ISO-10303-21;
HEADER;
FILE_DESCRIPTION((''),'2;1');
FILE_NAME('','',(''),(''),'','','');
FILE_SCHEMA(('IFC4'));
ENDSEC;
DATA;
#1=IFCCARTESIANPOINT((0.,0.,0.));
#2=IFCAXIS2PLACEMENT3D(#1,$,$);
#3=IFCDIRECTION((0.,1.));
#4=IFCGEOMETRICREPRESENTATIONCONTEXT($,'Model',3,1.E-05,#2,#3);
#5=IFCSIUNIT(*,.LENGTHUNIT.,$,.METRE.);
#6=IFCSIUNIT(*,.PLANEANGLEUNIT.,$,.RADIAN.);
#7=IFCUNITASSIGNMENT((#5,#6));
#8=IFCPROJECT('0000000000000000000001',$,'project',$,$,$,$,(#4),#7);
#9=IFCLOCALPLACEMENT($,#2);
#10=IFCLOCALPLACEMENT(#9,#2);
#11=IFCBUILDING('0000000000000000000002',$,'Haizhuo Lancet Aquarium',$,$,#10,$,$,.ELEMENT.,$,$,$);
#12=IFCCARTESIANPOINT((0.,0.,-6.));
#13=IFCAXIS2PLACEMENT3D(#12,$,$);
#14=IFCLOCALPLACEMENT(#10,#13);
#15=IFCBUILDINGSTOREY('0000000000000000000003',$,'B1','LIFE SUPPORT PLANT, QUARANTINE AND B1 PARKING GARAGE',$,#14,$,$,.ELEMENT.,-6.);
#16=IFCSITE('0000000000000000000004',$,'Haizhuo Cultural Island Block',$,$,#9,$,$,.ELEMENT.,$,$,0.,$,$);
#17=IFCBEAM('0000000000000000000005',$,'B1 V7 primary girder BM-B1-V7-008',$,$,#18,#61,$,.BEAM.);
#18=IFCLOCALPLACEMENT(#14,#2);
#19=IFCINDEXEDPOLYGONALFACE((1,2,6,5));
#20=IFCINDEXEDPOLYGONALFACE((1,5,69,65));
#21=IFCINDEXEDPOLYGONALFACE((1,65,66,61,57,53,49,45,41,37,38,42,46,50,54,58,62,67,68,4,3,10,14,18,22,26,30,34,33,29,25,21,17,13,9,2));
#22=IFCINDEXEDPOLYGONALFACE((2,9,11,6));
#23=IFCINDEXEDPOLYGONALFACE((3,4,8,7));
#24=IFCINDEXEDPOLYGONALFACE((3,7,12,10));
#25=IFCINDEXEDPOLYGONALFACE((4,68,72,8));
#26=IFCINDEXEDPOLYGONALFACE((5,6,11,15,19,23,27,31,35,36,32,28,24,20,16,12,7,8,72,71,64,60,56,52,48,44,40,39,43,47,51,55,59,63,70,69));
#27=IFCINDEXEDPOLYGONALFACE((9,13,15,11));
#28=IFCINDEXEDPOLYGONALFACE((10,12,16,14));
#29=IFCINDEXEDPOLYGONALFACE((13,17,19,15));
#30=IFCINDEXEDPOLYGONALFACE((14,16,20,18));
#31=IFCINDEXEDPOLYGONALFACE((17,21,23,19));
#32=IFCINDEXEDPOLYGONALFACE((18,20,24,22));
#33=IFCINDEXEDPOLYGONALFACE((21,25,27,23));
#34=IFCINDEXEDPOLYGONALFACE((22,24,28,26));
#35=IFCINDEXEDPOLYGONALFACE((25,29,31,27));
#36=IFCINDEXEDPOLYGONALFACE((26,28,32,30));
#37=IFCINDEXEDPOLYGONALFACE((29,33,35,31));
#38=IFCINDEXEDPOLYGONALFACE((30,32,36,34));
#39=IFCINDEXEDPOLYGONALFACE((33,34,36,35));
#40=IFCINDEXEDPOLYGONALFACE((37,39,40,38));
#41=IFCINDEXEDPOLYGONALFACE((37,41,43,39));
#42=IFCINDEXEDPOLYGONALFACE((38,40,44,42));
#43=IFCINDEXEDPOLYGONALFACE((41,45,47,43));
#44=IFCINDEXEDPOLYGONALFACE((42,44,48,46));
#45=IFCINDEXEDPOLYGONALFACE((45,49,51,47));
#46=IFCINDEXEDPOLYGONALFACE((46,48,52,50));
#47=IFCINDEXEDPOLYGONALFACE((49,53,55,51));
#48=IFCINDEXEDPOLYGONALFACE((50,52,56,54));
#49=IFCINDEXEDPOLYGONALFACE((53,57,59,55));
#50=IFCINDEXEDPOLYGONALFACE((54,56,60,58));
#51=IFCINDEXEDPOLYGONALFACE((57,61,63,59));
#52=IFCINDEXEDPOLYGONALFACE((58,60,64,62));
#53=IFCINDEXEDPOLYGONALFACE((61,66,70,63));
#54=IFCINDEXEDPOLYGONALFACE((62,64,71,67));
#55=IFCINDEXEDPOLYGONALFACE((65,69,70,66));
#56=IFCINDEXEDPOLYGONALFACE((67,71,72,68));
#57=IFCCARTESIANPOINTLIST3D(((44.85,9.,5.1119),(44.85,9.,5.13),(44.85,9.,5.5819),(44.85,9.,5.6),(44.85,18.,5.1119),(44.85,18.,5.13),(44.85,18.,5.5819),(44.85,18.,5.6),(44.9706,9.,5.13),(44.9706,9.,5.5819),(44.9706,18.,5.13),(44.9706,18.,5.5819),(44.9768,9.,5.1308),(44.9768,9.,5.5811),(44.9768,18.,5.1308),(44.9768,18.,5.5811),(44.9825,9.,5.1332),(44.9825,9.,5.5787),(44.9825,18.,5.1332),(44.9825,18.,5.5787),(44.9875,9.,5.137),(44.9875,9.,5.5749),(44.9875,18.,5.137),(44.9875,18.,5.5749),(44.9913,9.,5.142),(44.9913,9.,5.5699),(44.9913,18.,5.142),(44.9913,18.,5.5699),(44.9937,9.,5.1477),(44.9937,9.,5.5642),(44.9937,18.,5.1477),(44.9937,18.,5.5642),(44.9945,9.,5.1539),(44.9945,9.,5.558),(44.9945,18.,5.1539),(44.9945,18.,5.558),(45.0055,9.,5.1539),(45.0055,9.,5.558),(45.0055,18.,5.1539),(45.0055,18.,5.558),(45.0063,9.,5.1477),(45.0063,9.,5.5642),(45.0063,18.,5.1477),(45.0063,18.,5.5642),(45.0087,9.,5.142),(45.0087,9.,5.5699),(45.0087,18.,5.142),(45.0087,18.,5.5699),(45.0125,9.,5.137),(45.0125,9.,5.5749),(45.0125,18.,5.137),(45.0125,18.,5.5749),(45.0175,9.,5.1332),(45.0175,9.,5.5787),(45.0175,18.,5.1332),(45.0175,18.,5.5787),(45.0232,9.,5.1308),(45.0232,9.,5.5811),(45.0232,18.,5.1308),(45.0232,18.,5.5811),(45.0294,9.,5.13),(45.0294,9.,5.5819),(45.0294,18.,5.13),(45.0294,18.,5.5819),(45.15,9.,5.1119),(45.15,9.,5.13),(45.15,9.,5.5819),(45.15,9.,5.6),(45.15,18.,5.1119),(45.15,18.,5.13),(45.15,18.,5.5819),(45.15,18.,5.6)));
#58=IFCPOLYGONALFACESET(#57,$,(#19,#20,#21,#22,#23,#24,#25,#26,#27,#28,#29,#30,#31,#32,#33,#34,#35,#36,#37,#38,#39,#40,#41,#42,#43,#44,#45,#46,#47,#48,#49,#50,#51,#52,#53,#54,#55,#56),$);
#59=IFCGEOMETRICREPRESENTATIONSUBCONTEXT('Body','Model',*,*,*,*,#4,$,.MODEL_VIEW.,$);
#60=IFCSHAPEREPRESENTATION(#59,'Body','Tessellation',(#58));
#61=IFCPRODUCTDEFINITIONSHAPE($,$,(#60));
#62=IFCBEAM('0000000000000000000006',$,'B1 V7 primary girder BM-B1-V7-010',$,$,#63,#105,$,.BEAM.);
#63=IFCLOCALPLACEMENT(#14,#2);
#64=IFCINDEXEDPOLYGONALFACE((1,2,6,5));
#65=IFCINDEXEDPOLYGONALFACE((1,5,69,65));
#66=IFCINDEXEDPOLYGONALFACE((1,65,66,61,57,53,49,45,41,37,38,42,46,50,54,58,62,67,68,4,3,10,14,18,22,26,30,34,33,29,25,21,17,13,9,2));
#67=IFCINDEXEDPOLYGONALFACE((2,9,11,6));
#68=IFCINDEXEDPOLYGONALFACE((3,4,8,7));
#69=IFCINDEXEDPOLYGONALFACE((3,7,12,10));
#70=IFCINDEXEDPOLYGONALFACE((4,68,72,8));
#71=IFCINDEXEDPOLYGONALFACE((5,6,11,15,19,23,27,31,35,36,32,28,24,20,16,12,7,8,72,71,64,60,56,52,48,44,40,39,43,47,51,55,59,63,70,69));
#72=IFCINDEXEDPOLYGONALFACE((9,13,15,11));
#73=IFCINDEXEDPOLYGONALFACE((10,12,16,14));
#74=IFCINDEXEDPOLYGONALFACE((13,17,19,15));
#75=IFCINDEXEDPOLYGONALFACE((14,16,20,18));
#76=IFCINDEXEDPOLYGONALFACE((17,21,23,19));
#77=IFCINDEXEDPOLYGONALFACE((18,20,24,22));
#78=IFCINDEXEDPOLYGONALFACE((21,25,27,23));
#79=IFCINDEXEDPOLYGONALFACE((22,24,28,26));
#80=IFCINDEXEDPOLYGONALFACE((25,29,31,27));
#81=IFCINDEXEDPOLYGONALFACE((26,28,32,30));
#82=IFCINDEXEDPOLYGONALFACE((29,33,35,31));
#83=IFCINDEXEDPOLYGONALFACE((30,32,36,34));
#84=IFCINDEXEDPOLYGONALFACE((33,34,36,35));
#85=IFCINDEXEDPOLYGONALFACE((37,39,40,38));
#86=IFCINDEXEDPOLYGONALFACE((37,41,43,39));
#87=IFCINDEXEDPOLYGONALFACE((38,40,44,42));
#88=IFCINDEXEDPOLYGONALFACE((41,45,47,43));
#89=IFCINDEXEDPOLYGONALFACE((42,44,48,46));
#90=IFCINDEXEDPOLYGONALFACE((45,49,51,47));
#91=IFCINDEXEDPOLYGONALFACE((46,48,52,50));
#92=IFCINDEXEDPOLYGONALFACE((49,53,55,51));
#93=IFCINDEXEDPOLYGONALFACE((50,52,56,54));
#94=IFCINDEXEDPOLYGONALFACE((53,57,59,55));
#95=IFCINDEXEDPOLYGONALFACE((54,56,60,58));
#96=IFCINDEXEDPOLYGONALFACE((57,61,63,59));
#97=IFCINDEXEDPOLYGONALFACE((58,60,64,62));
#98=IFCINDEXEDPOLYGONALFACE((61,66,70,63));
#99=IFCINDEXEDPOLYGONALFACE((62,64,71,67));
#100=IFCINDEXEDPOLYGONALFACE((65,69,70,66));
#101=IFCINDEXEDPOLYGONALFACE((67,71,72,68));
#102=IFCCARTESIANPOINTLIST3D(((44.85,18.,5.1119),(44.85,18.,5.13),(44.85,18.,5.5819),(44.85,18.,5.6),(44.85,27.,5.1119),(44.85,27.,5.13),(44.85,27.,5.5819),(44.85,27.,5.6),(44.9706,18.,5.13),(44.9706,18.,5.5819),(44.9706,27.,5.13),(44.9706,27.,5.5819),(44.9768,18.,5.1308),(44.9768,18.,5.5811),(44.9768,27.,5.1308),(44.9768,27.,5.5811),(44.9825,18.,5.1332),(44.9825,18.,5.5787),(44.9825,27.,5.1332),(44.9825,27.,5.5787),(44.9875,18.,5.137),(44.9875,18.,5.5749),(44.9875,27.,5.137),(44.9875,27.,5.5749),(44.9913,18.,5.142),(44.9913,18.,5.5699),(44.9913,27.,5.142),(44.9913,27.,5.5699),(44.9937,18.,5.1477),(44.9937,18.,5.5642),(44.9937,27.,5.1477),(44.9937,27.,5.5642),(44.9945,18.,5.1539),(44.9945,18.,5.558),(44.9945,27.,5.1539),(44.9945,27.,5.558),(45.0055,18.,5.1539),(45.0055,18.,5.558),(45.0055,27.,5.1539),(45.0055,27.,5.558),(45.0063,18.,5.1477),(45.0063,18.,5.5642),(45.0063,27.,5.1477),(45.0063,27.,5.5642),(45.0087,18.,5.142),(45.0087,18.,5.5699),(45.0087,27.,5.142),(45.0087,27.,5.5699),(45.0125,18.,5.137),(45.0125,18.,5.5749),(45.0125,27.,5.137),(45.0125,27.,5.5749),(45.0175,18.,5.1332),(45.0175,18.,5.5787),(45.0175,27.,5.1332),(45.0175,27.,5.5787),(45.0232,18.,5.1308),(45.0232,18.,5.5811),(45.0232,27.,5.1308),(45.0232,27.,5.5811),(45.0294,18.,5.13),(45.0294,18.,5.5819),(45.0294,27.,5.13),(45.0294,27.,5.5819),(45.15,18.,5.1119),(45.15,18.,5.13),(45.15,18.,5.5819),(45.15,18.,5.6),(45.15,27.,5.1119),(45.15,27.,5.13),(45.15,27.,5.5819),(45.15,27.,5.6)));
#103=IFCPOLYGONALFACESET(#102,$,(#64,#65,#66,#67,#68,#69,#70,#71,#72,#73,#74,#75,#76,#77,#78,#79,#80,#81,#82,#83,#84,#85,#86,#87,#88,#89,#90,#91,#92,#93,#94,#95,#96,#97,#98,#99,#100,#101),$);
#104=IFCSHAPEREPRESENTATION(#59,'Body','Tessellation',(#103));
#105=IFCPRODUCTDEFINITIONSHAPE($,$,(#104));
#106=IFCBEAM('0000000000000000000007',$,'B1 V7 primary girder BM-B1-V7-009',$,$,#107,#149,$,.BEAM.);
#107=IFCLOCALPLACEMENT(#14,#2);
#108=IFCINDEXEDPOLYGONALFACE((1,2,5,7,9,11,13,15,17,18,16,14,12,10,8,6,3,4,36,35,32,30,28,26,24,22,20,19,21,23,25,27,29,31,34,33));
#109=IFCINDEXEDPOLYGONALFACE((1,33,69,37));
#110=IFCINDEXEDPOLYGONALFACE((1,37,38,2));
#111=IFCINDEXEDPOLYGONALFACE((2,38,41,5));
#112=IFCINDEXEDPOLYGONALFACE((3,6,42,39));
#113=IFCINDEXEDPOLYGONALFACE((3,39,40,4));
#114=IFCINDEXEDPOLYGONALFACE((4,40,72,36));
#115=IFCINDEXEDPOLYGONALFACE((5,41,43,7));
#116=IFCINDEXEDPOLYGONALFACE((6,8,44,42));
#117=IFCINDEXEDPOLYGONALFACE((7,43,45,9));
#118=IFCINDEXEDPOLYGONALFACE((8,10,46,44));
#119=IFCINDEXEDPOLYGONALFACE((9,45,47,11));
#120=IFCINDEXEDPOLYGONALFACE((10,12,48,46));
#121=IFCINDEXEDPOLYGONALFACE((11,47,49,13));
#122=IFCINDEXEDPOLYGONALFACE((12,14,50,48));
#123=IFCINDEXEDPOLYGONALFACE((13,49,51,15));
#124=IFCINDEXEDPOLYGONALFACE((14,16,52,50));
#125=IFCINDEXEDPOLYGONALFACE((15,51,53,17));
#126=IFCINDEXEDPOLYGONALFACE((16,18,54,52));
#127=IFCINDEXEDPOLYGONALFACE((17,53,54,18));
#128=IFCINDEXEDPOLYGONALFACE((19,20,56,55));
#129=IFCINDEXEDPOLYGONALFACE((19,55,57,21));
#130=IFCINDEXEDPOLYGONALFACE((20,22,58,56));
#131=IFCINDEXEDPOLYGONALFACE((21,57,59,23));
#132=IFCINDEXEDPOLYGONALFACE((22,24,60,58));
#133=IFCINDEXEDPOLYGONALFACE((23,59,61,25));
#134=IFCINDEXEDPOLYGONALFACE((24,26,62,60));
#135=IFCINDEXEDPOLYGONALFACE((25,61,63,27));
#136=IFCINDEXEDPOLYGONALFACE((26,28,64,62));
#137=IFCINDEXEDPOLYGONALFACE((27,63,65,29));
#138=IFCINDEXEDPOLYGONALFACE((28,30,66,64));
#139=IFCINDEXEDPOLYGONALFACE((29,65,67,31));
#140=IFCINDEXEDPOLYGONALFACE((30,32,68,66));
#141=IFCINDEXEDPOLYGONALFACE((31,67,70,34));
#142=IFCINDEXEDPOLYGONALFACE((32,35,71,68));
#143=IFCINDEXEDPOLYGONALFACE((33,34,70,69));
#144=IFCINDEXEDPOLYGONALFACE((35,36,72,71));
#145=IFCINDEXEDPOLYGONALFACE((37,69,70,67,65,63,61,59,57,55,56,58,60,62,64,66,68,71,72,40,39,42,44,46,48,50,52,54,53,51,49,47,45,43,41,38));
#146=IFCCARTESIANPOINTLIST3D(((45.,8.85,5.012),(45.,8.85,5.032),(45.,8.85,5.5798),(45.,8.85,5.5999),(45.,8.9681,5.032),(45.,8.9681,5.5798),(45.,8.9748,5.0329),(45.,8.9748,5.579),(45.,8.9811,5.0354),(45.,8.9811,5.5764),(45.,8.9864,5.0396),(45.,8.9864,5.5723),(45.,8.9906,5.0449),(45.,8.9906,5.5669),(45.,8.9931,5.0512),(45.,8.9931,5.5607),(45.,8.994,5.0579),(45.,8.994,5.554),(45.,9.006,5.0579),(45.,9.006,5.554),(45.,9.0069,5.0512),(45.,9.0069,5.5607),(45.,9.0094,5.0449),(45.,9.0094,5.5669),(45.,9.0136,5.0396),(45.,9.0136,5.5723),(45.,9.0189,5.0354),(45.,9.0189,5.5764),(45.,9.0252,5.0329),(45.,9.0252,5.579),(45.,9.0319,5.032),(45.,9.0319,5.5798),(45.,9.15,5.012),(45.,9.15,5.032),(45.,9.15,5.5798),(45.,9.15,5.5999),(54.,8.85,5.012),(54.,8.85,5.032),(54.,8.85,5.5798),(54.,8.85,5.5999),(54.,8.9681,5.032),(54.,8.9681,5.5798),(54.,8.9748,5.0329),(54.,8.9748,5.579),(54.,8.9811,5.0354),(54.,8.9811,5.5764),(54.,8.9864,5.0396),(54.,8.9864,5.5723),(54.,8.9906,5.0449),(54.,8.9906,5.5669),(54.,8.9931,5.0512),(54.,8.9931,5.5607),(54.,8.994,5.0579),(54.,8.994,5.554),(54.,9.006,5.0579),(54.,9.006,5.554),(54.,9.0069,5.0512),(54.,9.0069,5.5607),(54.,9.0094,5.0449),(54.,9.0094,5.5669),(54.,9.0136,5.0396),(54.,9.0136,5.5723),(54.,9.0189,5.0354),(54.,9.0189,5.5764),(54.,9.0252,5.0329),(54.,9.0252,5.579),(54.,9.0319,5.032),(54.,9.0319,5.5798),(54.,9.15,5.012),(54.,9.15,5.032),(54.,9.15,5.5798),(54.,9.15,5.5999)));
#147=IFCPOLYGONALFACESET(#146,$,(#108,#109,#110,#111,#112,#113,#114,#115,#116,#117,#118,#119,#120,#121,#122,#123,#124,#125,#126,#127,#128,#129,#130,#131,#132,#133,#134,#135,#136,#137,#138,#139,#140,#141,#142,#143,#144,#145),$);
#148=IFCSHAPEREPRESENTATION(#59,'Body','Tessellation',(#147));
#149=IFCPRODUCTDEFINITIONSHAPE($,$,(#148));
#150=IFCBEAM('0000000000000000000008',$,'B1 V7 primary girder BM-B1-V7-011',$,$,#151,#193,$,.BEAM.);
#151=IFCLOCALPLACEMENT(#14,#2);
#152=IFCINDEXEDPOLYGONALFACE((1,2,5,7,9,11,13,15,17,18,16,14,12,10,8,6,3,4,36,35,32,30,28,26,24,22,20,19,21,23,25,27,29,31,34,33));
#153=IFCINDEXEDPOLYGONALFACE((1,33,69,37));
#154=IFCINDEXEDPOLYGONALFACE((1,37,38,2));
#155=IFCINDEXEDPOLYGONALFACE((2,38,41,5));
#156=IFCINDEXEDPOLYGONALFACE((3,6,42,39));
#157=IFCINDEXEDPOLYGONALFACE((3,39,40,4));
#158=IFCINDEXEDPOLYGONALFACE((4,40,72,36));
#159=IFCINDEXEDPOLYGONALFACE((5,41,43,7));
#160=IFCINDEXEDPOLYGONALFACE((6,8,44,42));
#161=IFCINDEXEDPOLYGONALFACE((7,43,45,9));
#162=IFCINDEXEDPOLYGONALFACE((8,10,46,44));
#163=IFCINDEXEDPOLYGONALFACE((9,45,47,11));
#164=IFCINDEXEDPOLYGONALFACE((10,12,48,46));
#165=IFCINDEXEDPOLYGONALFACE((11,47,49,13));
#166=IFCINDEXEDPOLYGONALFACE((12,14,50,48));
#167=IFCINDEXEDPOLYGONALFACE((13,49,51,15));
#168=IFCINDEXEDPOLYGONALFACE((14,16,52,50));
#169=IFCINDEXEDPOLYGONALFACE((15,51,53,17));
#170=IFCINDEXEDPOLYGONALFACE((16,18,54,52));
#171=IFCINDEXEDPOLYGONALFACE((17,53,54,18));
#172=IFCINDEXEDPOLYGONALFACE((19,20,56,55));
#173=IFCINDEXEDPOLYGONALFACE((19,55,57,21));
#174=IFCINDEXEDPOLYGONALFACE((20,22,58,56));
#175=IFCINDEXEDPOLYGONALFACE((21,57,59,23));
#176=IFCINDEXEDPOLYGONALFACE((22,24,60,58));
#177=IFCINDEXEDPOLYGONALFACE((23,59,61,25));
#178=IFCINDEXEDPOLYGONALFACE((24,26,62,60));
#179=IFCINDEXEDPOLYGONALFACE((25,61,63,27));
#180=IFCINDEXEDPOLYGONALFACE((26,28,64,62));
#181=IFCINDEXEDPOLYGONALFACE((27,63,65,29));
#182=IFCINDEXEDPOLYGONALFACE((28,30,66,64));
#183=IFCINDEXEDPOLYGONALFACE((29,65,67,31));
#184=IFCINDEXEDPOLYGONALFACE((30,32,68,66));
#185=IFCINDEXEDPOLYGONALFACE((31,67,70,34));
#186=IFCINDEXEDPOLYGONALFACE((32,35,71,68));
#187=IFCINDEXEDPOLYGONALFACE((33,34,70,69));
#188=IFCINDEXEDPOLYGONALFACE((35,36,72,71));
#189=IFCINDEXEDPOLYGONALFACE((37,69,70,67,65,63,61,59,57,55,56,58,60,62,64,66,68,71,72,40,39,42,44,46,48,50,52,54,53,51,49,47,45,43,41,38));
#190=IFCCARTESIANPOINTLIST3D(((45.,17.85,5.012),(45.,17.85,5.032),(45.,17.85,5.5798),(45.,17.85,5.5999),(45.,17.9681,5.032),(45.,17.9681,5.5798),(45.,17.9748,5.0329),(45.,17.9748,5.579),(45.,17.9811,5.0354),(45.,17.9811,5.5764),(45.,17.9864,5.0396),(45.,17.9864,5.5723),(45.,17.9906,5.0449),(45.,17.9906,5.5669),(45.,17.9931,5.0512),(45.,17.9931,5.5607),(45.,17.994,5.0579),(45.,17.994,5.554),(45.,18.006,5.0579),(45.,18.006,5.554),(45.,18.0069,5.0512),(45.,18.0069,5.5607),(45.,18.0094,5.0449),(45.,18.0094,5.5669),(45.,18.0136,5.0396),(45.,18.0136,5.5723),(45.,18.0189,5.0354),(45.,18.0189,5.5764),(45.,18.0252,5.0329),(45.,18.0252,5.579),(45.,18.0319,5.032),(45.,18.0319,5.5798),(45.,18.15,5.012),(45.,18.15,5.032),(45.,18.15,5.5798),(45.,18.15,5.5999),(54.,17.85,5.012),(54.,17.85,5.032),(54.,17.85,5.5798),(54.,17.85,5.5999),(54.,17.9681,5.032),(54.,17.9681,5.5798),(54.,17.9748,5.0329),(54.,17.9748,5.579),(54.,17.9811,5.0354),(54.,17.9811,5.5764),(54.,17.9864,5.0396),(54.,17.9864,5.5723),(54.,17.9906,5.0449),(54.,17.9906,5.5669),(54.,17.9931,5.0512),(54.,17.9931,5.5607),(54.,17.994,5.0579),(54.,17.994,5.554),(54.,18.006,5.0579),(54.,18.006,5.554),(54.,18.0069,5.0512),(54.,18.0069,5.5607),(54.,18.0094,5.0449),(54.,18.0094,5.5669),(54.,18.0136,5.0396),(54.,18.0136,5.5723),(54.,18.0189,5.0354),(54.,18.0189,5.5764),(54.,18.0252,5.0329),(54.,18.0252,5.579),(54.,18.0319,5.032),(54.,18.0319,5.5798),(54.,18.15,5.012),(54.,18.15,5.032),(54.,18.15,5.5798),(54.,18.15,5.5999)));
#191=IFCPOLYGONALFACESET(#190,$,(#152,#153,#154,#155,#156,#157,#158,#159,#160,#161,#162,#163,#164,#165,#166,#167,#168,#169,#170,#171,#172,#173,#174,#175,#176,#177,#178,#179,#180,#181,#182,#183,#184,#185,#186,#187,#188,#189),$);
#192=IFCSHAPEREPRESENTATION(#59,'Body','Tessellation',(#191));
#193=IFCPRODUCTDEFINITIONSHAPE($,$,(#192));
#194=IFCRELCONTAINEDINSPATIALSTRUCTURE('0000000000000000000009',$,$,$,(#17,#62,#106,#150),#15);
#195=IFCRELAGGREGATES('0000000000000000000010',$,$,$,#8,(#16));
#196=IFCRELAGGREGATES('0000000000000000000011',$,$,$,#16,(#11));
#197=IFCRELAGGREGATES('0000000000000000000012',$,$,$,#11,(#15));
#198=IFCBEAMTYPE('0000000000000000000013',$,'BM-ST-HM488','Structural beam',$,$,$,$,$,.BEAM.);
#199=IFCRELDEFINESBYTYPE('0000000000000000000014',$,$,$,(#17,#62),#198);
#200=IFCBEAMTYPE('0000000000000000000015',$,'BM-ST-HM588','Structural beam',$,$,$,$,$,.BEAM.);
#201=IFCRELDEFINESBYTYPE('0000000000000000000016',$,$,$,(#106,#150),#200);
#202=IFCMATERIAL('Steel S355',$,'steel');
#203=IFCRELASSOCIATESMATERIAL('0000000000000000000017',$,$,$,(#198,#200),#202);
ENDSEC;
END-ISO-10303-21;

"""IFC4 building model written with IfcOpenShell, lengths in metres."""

from ifc_helpers import new_model, si_unit, direction, frame, origin, origin_2d, place, context, subcontext, project, spatial, i_section, extrude, material, material_profile, profile_set, type_object, element, save


model = new_model("IFC4")

# Units and contexts
model_context = context("Model", 3, precision=1e-05, world=origin(), true_north=direction((0.0, 1.0)))
body_context = subcontext(model_context, "Body", "Model", "MODEL_VIEW")
ifc_project = project(units=[si_unit("LENGTHUNIT", "METRE"), si_unit("PLANEANGLEUNIT", "RADIAN")], contexts=[model_context])

# Site, building, storey
site_placement = place(None, origin())
site = spatial("IfcSite", under=ifc_project, at=site_placement, Name="Haizhuo Cultural Island Block", CompositionType="ELEMENT", RefElevation=0.0)
building_placement = place(site_placement, origin())
building = spatial("IfcBuilding", under=site, at=building_placement, Name="Haizhuo Lancet Aquarium", CompositionType="ELEMENT")
storey_placement = place(building_placement, frame((0.0, 0.0, -6.0)))
storey = spatial("IfcBuildingStorey", under=building, at=storey_placement, Name="B1", Description="LIFE SUPPORT PLANT, QUARANTINE AND B1 PARKING GARAGE", CompositionType="ELEMENT", Elevation=-6.0)

# Shared definitions
ifc_material_1 = material(Name="Steel S355", Category="steel")

# Beams
ifc_material_profile_1 = material_profile(ifc_material_1, i_section(OverallWidth=0.3, OverallDepth=0.488, WebThickness=0.011, FlangeThickness=0.0181, FilletRadius=0.0239, at=origin_2d()), Name="HM 488x300x11x18")
ifc_profile_set_1 = profile_set([ifc_material_profile_1], Name="Steel S355")
beam_type_1 = type_object("IfcBeamType", Name="BM-ST-HM488", Description="Structural beam", PredefinedType="BEAM", material=ifc_profile_set_1)
for number, where, z_axis, x_axis, name in (
    (1, (45.0, 9.0, 5.356), (0.0, 1.0, 0.0), (-1.0, 0.0, 0.0), "B1 V7 primary girder BM-B1-V7-008"),
    (2, (45.0, 18.0, 5.356), (0.0, 1.0, 0.0), (-1.0, 0.0, 0.0), "B1 V7 primary girder BM-B1-V7-010"),
):
    element("IfcBeam", number, at=place(storey_placement, frame(where, z_axis=z_axis, x_axis=x_axis)), inside=storey, type_object=beam_type_1, Name=name, PredefinedType="BEAM", context=body_context, shape_type="SweptSolid", body=[
        extrude(i_section(OverallWidth=0.3, OverallDepth=0.488, WebThickness=0.011, FlangeThickness=0.0181, FilletRadius=0.0239, at=origin_2d()), origin(), (0.0, 0.0, 1.0), 9.0),
    ])
ifc_material_profile_2 = material_profile(ifc_material_1, i_section(OverallWidth=0.3, OverallDepth=0.5879, WebThickness=0.012, FlangeThickness=0.02, FilletRadius=0.0259, at=origin_2d()), Name="HM 588x300x12x20")
ifc_profile_set_2 = profile_set([ifc_material_profile_2], Name="Steel S355")
beam_type_2 = type_object("IfcBeamType", Name="BM-ST-HM588", Description="Structural beam", PredefinedType="BEAM", material=ifc_profile_set_2)
for number, where, z_axis, x_axis, name in (
    (3, (45.0, 9.0, 5.3059), (1.0, 0.0, 0.0), (0.0, 1.0, 0.0), "B1 V7 primary girder BM-B1-V7-009"),
    (4, (45.0, 18.0, 5.3059), (1.0, 0.0, 0.0), (0.0, 1.0, 0.0), "B1 V7 primary girder BM-B1-V7-011"),
):
    element("IfcBeam", number, at=place(storey_placement, frame(where, z_axis=z_axis, x_axis=x_axis)), inside=storey, type_object=beam_type_2, Name=name, PredefinedType="BEAM", context=body_context, shape_type="SweptSolid", body=[
        extrude(i_section(OverallWidth=0.3, OverallDepth=0.5879, WebThickness=0.012, FlangeThickness=0.02, FilletRadius=0.0259, at=origin_2d()), origin(), (0.0, 0.0, 1.0), 9.0),
    ])

save(model, "model.ifc")
